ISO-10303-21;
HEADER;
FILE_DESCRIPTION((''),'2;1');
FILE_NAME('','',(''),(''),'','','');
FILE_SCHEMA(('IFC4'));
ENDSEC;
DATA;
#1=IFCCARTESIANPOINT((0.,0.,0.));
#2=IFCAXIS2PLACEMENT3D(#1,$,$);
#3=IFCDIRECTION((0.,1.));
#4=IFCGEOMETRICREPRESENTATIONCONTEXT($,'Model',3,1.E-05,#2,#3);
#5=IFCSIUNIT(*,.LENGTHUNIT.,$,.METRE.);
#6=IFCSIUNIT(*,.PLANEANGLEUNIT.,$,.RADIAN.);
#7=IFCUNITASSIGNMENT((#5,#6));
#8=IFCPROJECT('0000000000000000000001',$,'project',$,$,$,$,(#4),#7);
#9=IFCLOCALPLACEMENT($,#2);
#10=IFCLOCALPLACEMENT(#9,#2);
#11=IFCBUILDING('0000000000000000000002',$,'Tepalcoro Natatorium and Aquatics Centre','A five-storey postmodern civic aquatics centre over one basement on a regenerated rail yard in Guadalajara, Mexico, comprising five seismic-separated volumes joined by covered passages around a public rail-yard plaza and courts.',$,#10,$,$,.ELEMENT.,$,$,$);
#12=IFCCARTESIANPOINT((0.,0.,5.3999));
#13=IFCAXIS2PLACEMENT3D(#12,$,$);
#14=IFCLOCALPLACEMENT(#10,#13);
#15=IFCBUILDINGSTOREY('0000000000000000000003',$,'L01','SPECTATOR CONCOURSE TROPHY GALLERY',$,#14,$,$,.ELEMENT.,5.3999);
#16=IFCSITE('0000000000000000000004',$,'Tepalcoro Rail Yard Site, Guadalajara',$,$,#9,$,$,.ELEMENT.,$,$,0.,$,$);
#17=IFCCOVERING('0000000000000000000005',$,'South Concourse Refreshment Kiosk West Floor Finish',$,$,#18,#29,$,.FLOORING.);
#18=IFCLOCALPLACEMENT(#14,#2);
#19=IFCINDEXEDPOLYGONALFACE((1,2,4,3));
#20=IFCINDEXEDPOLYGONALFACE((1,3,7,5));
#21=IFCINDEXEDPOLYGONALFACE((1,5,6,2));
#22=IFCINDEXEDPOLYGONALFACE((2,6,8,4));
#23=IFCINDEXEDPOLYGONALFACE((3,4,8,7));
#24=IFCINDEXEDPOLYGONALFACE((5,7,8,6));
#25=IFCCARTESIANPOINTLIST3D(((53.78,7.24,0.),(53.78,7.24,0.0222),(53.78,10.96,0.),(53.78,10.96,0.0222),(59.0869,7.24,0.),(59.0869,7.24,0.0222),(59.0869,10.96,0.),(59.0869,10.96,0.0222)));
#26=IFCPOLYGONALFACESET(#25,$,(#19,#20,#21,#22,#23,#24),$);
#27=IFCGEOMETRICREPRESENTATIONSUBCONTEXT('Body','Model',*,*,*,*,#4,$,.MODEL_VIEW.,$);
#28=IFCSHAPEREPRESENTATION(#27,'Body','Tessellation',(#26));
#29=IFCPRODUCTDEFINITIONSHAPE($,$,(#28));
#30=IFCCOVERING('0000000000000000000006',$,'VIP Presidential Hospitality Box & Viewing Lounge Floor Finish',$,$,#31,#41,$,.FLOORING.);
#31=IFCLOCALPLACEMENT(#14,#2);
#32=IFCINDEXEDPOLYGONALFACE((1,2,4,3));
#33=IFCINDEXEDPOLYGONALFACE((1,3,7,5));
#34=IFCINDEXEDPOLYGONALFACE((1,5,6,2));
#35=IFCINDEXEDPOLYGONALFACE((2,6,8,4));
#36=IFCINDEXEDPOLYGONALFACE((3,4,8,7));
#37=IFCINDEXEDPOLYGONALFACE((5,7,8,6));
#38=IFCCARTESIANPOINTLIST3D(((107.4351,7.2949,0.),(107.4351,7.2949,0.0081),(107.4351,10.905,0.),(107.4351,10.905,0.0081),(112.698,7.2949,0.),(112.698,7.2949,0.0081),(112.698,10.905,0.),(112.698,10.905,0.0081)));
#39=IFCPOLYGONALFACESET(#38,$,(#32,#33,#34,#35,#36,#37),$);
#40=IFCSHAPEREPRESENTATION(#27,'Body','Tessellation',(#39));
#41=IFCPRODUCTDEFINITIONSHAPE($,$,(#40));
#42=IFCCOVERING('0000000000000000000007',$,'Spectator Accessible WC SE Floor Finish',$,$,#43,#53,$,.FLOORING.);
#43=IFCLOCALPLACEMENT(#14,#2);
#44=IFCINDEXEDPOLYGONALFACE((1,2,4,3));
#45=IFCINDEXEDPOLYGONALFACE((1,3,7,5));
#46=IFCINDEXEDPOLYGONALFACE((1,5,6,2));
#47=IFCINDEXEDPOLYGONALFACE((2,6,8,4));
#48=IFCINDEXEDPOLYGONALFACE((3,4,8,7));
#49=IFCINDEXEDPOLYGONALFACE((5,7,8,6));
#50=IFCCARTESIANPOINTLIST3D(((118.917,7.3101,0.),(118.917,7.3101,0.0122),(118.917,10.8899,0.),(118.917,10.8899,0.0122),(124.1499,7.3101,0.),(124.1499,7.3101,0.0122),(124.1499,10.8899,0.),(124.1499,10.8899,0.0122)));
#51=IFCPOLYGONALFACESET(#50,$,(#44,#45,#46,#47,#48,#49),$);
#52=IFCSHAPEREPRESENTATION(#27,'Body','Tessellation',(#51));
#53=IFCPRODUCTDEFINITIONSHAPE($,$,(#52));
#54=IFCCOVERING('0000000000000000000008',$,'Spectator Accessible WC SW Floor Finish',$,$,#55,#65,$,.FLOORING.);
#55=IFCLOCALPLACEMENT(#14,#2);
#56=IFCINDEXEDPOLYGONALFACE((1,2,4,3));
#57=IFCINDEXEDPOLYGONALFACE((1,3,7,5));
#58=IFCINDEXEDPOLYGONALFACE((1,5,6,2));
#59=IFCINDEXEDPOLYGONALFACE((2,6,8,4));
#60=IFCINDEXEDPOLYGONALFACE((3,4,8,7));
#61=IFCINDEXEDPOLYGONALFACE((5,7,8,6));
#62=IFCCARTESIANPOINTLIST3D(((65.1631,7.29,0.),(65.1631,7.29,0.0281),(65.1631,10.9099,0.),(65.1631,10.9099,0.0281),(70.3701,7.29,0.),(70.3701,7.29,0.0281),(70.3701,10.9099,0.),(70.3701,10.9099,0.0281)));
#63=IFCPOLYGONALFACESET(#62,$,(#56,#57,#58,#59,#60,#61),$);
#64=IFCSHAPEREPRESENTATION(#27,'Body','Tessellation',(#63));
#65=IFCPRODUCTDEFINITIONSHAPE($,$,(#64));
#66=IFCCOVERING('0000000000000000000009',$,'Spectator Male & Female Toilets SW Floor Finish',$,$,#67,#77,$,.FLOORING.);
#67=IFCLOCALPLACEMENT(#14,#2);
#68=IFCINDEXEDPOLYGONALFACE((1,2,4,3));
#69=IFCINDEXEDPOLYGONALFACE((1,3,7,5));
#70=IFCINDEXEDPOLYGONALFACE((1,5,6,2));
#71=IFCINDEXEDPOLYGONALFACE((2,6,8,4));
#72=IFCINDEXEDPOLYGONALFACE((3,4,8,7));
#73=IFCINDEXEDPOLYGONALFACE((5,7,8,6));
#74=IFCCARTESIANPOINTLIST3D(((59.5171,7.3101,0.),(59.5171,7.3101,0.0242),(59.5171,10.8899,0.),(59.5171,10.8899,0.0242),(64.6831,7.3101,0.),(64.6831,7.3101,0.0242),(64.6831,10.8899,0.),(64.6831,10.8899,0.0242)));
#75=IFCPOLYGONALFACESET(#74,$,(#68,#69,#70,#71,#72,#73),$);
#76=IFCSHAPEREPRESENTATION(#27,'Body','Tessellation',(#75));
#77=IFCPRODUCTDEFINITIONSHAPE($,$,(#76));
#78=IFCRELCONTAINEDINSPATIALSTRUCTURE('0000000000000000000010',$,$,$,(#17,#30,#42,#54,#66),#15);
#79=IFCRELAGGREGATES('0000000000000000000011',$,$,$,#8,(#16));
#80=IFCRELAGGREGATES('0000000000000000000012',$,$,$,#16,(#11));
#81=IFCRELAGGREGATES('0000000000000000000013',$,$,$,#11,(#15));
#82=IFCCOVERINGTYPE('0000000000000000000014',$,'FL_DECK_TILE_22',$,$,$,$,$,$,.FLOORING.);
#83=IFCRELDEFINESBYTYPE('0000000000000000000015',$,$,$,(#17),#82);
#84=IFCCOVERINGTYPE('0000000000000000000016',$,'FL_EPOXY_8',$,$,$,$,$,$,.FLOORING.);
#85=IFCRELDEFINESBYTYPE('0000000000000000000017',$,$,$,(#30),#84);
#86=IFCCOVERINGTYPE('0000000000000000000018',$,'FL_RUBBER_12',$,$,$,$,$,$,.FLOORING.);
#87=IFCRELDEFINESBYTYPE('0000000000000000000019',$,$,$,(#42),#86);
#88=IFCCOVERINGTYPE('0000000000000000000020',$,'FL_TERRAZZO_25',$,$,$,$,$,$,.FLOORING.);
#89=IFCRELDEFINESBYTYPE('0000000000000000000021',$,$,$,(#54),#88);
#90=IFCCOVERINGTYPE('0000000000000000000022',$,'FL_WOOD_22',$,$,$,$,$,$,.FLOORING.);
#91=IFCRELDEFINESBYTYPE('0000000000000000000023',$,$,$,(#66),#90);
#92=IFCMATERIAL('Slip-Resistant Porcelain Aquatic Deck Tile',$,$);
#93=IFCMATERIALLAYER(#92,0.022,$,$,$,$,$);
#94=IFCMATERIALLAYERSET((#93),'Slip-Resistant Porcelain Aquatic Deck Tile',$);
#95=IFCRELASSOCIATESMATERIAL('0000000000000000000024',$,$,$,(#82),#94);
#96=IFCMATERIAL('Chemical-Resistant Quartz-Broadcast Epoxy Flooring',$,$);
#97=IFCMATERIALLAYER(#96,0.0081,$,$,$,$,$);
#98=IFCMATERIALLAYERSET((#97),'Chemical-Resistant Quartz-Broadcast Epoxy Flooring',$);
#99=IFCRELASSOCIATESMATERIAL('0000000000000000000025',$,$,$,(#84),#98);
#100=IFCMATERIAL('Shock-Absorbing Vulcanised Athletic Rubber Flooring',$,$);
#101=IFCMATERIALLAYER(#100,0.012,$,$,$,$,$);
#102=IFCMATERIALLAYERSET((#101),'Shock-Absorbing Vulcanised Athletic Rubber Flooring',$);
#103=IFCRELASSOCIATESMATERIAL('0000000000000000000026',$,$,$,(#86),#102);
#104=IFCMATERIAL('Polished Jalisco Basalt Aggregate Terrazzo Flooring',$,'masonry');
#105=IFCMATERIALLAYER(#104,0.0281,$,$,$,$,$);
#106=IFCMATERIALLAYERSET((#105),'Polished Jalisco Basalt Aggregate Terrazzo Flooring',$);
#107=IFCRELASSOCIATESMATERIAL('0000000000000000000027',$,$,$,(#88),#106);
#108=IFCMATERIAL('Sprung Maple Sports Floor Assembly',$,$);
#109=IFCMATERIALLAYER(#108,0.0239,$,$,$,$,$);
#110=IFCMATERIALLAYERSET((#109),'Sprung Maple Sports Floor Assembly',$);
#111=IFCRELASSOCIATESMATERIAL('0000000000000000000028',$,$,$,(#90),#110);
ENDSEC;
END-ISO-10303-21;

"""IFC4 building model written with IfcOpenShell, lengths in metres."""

from ifc_helpers import new_model, si_unit, direction, frame, origin, place, context, subcontext, project, spatial, polyline, outline, extrude, material, layer, layer_set, type_object, element, save


model = new_model("IFC4")

# Units and contexts
model_context = context("Model", 3, precision=1e-05, world=origin(), true_north=direction((0.0, 1.0)))
body_context = subcontext(model_context, "Body", "Model", "MODEL_VIEW")
ifc_project = project(units=[si_unit("LENGTHUNIT", "METRE"), si_unit("PLANEANGLEUNIT", "RADIAN")], contexts=[model_context])

# Site, building, storey
site_placement = place(None, origin())
site = spatial("IfcSite", under=ifc_project, at=site_placement, Name="Tepalcoro Rail Yard Site, Guadalajara", CompositionType="ELEMENT", RefElevation=0.0)
building_placement = place(site_placement, origin())
building = spatial("IfcBuilding", under=site, at=building_placement, Name="Tepalcoro Natatorium and Aquatics Centre", Description="A five-storey postmodern civic aquatics centre over one basement on a regenerated rail yard in Guadalajara, Mexico, comprising five seismic-separated volumes joined by covered passages around a public rail-yard plaza and courts.", CompositionType="ELEMENT")
storey_placement = place(building_placement, frame((0.0, 0.0, 5.3999)))
storey = spatial("IfcBuildingStorey", under=building, at=storey_placement, Name="L01", Description="SPECTATOR CONCOURSE TROPHY GALLERY", CompositionType="ELEMENT", Elevation=5.3999)

# Coverings
ifc_material_1 = material(Name="Shock-Absorbing Vulcanised Athletic Rubber Flooring")
ifc_material_2 = material(Name="Slip-Resistant Porcelain Aquatic Deck Tile")
ifc_layer_1 = layer(ifc_material_2, 0.022)
ifc_layer_set_1 = layer_set([ifc_layer_1], Name="Slip-Resistant Porcelain Aquatic Deck Tile")
covering_type_1 = type_object("IfcCoveringType", Name="FL_DECK_TILE_22", PredefinedType="FLOORING", material=ifc_layer_set_1)
covering_1_placement = place(storey_placement, origin())
element("IfcCovering", 1, at=covering_1_placement, inside=storey, type_object=covering_type_1, Name="South Concourse Refreshment Kiosk West Floor Finish", PredefinedType="FLOORING", context=body_context, shape_type="SweptSolid", body=[
    extrude(outline(polyline([(53.78, 7.24), (53.78, 10.96), (59.0869, 10.96), (59.0869, 7.24), (53.78, 7.24)])), origin(), (0.0, 0.0, 1.0), 0.0222),
])
ifc_material_3 = material(Name="Chemical-Resistant Quartz-Broadcast Epoxy Flooring")
ifc_layer_2 = layer(ifc_material_3, 0.0081)
ifc_layer_set_2 = layer_set([ifc_layer_2], Name="Chemical-Resistant Quartz-Broadcast Epoxy Flooring")
covering_type_2 = type_object("IfcCoveringType", Name="FL_EPOXY_8", PredefinedType="FLOORING", material=ifc_layer_set_2)
covering_2_placement = place(storey_placement, origin())
element("IfcCovering", 2, at=covering_2_placement, inside=storey, type_object=covering_type_2, Name="VIP Presidential Hospitality Box & Viewing Lounge Floor Finish", PredefinedType="FLOORING", context=body_context, shape_type="SweptSolid", body=[
    extrude(outline(polyline([(107.4351, 7.2949), (107.4351, 10.905), (112.698, 10.905), (112.698, 7.2949), (107.4351, 7.2949)])), origin(), (0.0, 0.0, 1.0), 0.0081),
])
ifc_layer_3 = layer(ifc_material_1, 0.012)
ifc_layer_set_3 = layer_set([ifc_layer_3], Name="Shock-Absorbing Vulcanised Athletic Rubber Flooring")
covering_type_3 = type_object("IfcCoveringType", Name="FL_RUBBER_12", PredefinedType="FLOORING", material=ifc_layer_set_3)
covering_3_placement = place(storey_placement, origin())
element("IfcCovering", 3, at=covering_3_placement, inside=storey, type_object=covering_type_3, Name="Spectator Accessible WC SE Floor Finish", PredefinedType="FLOORING", context=body_context, shape_type="SweptSolid", body=[
    extrude(outline(polyline([(118.917, 7.3101), (118.917, 10.8899), (124.1499, 10.8899), (124.1499, 7.3101), (118.917, 7.3101)])), origin(), (0.0, 0.0, 1.0), 0.0122),
])
ifc_material_4 = material(Name="Polished Jalisco Basalt Aggregate Terrazzo Flooring", Category="masonry")
ifc_layer_4 = layer(ifc_material_4, 0.0281)
ifc_layer_set_4 = layer_set([ifc_layer_4], Name="Polished Jalisco Basalt Aggregate Terrazzo Flooring")
covering_type_4 = type_object("IfcCoveringType", Name="FL_TERRAZZO_25", PredefinedType="FLOORING", material=ifc_layer_set_4)
covering_4_placement = place(storey_placement, origin())
element("IfcCovering", 4, at=covering_4_placement, inside=storey, type_object=covering_type_4, Name="Spectator Accessible WC SW Floor Finish", PredefinedType="FLOORING", context=body_context, shape_type="SweptSolid", body=[
    extrude(outline(polyline([(65.1631, 7.29), (65.1631, 10.9099), (70.3701, 10.9099), (70.3701, 7.29), (65.1631, 7.29)])), origin(), (0.0, 0.0, 1.0), 0.0281),
])
ifc_material_5 = material(Name="Sprung Maple Sports Floor Assembly")
ifc_layer_5 = layer(ifc_material_5, 0.0239)
ifc_layer_set_5 = layer_set([ifc_layer_5], Name="Sprung Maple Sports Floor Assembly")
covering_type_5 = type_object("IfcCoveringType", Name="FL_WOOD_22", PredefinedType="FLOORING", material=ifc_layer_set_5)
covering_5_placement = place(storey_placement, origin())
element("IfcCovering", 5, at=covering_5_placement, inside=storey, type_object=covering_type_5, Name="Spectator Male & Female Toilets SW Floor Finish", PredefinedType="FLOORING", context=body_context, shape_type="SweptSolid", body=[
    extrude(outline(polyline([(59.5171, 7.3101), (59.5171, 10.8899), (64.6831, 10.8899), (64.6831, 7.3101), (59.5171, 7.3101)])), origin(), (0.0, 0.0, 1.0), 0.0242),
])

save(model, "model.ifc")
